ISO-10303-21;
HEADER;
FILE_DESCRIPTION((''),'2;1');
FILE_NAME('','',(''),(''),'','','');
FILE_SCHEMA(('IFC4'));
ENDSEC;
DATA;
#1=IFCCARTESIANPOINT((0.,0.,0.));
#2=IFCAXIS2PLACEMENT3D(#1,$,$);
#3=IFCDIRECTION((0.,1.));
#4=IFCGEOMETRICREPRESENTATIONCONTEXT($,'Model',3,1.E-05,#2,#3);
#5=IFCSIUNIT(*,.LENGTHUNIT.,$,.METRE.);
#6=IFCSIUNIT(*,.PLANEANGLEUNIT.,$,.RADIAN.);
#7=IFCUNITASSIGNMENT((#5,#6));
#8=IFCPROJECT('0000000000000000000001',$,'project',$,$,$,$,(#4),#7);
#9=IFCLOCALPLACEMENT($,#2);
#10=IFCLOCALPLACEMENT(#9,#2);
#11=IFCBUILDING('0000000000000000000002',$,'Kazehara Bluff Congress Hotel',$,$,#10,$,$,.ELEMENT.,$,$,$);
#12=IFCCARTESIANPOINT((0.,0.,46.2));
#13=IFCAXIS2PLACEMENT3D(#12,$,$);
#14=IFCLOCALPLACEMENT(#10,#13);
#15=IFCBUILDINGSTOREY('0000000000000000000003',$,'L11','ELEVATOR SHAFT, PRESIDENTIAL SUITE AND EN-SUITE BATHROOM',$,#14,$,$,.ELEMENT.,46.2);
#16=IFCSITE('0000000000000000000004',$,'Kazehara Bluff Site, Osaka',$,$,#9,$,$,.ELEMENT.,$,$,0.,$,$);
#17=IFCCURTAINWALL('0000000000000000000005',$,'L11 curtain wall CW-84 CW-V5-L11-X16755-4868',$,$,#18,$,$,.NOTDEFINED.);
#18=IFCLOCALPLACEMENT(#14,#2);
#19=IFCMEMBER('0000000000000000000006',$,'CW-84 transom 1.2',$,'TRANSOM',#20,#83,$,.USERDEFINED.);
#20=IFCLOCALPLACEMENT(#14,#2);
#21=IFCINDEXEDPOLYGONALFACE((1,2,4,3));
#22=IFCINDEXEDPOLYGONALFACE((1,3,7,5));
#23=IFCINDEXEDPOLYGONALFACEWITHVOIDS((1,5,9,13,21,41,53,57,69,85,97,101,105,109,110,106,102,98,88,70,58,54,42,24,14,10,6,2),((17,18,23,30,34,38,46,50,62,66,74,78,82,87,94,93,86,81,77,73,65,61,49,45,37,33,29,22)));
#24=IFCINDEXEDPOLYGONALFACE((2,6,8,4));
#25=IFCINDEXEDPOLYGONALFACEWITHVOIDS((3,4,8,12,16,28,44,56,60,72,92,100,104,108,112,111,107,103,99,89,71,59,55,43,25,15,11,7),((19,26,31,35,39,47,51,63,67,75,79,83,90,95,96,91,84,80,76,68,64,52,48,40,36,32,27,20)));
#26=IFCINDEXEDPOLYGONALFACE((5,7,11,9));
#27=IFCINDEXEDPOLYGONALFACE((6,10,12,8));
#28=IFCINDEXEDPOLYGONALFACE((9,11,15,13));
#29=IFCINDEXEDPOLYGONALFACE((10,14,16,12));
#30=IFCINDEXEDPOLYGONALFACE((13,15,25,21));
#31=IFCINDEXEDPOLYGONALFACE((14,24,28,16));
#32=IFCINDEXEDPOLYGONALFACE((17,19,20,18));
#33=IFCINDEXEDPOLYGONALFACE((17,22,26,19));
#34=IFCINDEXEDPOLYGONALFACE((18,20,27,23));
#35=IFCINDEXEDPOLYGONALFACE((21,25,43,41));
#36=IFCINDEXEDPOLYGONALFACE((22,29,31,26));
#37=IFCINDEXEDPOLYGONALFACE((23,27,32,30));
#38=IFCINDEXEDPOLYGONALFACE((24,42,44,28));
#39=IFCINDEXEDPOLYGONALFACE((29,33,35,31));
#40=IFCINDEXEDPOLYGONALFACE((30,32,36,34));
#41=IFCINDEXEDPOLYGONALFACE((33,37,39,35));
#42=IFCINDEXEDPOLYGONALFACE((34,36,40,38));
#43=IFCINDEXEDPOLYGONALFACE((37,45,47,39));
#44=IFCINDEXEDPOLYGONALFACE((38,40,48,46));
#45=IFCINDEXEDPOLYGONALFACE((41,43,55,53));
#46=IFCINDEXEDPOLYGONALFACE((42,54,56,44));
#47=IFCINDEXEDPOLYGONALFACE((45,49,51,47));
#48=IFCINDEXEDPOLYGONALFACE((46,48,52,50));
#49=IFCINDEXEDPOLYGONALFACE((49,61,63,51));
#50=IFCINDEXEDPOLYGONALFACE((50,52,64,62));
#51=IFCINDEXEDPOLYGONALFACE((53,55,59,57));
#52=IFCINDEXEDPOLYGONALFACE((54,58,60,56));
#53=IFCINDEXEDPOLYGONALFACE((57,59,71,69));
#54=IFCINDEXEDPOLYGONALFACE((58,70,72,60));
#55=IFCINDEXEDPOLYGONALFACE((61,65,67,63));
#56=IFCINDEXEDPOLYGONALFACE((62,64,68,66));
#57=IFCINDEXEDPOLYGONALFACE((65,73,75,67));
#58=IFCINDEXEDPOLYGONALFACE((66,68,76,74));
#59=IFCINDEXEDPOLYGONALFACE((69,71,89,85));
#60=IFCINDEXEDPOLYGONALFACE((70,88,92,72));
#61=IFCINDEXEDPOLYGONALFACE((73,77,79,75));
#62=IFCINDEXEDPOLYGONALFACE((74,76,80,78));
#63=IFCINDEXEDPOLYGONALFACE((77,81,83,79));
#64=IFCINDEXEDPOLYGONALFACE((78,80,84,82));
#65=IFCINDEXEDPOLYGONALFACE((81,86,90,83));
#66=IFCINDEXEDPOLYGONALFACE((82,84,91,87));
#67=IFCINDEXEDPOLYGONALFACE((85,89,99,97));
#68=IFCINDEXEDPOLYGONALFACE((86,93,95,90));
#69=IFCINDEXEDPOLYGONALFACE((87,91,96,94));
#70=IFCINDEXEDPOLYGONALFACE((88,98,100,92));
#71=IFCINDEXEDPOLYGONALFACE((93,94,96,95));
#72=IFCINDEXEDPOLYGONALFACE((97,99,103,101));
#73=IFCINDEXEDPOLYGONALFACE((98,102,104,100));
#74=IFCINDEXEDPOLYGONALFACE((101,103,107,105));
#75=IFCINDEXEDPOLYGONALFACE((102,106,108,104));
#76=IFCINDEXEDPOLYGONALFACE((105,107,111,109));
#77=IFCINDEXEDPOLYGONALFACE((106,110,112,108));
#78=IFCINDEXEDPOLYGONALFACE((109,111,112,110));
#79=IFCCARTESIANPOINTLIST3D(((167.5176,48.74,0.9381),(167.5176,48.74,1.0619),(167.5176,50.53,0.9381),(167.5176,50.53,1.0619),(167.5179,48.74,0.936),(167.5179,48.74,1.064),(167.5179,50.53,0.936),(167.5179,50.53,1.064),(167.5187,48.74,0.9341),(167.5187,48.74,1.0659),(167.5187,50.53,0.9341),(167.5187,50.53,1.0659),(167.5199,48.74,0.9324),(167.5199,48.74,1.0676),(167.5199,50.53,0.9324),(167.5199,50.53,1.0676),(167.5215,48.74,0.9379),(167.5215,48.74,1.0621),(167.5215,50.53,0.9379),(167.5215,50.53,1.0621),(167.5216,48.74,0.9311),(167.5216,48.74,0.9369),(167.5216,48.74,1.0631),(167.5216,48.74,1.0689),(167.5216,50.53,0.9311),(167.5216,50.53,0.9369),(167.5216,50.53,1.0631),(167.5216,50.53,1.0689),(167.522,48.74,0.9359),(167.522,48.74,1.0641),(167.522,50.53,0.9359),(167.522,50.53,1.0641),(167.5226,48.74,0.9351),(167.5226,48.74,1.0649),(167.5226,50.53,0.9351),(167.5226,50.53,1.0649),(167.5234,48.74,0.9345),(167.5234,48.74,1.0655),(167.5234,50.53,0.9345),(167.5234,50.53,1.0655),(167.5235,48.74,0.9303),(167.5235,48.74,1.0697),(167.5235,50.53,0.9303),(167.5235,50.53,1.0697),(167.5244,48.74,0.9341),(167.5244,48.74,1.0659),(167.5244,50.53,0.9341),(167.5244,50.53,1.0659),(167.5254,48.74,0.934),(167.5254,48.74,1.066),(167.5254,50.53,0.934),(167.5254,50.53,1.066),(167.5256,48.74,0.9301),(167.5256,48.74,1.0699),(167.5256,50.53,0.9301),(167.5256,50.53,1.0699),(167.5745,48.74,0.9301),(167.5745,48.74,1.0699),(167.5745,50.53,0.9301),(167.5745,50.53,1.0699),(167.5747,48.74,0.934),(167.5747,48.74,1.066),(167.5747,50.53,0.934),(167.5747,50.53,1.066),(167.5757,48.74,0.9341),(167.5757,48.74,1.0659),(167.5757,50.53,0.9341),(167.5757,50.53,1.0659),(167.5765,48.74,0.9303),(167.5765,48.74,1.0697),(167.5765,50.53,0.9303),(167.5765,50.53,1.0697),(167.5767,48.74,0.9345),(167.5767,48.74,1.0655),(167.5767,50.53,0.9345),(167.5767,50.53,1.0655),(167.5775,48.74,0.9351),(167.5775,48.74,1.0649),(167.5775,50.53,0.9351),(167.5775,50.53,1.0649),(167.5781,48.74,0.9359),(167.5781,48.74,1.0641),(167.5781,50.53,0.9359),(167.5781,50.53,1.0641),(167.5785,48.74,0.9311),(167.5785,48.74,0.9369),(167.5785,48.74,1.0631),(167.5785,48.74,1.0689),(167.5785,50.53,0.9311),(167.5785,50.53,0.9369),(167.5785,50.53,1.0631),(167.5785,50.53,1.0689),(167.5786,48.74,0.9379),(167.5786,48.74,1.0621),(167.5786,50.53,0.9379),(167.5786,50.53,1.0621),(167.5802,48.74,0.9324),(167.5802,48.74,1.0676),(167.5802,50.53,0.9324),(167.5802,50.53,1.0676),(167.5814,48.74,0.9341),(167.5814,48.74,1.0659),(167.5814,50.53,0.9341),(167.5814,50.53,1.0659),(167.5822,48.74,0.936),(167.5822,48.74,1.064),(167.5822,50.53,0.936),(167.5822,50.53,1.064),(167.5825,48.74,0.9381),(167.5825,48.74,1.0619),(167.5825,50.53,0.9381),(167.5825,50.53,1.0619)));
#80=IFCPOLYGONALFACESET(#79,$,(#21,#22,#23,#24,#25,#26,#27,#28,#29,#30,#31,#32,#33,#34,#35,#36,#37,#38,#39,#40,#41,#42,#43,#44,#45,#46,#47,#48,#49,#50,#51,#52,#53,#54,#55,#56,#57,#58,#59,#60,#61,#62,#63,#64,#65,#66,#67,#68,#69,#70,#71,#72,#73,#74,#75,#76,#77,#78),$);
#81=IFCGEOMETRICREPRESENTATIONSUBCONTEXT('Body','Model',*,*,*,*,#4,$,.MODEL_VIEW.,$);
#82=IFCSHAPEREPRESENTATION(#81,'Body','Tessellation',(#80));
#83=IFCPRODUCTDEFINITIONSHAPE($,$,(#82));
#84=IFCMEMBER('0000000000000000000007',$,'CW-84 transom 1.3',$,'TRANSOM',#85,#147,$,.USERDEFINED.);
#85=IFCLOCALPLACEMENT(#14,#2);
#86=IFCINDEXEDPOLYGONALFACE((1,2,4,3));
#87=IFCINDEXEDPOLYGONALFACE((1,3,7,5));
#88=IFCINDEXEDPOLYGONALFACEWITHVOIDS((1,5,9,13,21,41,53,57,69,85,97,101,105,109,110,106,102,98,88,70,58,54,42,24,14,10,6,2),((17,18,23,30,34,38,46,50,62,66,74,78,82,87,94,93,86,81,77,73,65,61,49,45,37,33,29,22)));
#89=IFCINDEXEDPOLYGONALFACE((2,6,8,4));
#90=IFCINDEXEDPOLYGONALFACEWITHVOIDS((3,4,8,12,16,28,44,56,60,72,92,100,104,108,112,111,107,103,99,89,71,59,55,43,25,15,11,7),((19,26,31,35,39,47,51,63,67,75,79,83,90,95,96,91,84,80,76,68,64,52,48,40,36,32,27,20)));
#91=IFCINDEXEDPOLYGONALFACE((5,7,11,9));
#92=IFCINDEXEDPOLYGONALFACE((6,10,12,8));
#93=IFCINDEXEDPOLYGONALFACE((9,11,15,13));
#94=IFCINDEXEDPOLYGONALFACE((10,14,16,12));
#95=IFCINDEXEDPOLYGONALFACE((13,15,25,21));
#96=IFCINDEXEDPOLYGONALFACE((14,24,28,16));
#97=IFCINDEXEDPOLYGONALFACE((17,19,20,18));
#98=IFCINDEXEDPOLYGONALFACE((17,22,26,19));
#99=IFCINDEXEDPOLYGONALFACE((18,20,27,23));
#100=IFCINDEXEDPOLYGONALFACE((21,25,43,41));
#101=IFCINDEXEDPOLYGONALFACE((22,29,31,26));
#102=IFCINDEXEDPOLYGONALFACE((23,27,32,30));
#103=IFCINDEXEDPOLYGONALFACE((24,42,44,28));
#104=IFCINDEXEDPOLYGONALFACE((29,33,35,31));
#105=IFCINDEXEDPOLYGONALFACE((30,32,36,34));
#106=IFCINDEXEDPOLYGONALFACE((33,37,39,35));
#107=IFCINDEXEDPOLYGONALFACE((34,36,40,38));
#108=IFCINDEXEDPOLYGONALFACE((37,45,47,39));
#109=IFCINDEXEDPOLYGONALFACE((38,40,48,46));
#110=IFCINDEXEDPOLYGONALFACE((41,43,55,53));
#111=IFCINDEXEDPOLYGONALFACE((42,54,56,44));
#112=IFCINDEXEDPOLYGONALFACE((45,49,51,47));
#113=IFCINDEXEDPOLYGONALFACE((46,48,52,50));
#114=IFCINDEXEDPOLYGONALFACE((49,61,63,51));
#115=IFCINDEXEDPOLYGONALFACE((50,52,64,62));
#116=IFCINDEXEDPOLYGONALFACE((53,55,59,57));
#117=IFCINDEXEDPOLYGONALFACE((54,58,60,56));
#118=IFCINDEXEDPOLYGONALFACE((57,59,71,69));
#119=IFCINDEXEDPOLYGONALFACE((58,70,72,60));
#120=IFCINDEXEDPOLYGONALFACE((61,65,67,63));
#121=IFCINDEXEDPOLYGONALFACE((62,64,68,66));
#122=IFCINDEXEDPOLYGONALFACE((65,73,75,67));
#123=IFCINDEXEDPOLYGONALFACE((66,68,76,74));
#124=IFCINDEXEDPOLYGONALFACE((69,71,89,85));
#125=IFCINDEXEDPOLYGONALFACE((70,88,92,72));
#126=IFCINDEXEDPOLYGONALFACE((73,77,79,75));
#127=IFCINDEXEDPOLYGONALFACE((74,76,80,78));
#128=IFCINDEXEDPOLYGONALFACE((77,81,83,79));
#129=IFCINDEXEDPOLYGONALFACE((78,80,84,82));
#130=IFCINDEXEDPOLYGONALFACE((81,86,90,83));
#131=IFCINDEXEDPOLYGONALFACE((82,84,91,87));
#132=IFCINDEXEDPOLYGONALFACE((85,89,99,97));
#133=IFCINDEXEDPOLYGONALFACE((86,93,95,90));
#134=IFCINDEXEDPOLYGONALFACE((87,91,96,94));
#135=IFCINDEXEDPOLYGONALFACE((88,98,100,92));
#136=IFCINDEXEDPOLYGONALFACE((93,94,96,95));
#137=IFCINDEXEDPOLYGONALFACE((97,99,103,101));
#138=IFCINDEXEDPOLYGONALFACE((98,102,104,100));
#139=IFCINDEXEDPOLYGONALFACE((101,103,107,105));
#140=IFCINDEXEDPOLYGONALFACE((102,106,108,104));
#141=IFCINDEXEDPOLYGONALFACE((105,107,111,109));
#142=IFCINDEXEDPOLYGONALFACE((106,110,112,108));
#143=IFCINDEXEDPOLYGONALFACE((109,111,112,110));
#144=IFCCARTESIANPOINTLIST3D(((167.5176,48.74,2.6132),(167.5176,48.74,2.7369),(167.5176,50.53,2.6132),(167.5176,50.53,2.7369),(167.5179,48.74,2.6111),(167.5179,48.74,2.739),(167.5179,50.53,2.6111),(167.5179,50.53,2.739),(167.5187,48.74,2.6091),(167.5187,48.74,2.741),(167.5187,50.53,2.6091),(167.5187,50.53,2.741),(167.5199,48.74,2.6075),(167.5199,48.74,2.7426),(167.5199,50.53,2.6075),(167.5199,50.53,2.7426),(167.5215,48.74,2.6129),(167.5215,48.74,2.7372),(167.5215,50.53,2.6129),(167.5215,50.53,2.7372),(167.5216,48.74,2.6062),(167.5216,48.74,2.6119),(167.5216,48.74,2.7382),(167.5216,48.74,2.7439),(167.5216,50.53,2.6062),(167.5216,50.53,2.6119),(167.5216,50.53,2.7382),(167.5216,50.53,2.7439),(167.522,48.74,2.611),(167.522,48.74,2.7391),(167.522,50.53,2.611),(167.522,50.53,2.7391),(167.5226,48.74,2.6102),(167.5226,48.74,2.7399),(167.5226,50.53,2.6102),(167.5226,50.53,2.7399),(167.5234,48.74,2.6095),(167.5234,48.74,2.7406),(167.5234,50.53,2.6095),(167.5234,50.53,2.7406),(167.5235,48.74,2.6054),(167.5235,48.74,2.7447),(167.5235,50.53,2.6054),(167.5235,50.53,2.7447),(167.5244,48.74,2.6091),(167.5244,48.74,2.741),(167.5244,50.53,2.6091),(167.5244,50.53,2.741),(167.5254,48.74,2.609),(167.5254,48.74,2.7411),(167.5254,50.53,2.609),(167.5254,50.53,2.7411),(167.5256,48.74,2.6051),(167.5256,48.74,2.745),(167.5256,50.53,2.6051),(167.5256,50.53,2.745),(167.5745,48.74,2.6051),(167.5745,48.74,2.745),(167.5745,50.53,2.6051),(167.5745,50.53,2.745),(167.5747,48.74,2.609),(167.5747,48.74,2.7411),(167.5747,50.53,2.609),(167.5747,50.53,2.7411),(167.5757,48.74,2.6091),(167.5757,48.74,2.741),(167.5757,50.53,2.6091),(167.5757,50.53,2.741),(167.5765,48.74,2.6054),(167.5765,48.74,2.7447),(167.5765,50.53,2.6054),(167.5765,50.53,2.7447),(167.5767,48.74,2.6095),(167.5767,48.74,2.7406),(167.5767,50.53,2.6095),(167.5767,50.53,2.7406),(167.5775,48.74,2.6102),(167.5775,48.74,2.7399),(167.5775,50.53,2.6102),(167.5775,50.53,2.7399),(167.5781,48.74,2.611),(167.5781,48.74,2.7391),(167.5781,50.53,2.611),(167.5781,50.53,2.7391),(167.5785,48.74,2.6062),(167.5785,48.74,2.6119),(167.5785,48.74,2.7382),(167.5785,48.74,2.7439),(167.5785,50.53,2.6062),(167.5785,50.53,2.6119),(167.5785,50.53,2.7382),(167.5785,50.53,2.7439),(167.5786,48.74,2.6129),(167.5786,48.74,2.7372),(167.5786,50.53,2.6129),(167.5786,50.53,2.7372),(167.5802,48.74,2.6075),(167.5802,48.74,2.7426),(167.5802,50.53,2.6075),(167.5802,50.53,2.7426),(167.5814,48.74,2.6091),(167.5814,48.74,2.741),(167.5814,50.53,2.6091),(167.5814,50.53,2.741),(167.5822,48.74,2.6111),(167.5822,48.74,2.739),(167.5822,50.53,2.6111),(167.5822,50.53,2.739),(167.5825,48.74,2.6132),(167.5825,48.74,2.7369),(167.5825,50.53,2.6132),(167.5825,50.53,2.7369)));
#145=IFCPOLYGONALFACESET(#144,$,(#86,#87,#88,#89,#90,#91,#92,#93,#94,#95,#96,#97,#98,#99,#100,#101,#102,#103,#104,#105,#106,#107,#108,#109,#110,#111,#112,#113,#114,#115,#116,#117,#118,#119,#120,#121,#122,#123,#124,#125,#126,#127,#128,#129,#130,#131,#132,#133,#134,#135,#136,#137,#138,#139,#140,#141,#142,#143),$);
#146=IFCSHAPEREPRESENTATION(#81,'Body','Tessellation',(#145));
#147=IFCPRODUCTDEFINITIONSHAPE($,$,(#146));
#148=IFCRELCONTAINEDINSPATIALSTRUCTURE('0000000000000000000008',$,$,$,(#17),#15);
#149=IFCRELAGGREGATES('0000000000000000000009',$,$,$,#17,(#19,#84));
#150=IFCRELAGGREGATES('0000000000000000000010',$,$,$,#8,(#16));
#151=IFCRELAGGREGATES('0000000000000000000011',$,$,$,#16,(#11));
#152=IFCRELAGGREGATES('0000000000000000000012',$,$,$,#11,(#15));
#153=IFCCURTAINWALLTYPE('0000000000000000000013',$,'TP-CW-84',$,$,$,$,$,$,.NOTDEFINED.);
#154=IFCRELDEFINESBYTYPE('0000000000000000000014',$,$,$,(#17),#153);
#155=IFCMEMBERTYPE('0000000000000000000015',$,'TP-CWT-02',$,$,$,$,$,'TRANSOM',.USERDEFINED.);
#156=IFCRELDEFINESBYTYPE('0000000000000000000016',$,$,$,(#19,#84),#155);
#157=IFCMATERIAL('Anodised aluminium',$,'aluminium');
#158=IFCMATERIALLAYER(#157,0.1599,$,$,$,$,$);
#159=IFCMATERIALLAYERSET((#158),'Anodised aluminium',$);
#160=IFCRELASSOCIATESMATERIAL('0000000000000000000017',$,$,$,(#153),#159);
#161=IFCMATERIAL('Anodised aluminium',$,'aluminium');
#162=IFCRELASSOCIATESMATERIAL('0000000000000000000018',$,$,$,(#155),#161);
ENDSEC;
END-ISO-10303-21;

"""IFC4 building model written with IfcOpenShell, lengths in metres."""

from ifc_helpers import new_model, si_unit, direction, frame, origin, origin_2d, place, context, subcontext, project, spatial, hollow_rectangle, extrude, material, layer, layer_set, material_profile, profile_set, type_object, element, aggregate, save


model = new_model("IFC4")

# Units and contexts
model_context = context("Model", 3, precision=1e-05, world=origin(), true_north=direction((0.0, 1.0)))
body_context = subcontext(model_context, "Body", "Model", "MODEL_VIEW")
ifc_project = project(units=[si_unit("LENGTHUNIT", "METRE"), si_unit("PLANEANGLEUNIT", "RADIAN")], contexts=[model_context])

# Site, building, storey
site_placement = place(None, origin())
site = spatial("IfcSite", under=ifc_project, at=site_placement, Name="Kazehara Bluff Site, Osaka", CompositionType="ELEMENT", RefElevation=0.0)
building_placement = place(site_placement, origin())
building = spatial("IfcBuilding", under=site, at=building_placement, Name="Kazehara Bluff Congress Hotel", CompositionType="ELEMENT")
storey_placement = place(building_placement, frame((0.0, 0.0, 46.2)))
storey = spatial("IfcBuildingStorey", under=building, at=storey_placement, Name="L11", Description="ELEVATOR SHAFT, PRESIDENTIAL SUITE AND EN-SUITE BATHROOM", CompositionType="ELEMENT", Elevation=46.2)

# Curtain wall, members
ifc_material_1 = material(Name="Anodised aluminium", Category="aluminium")
ifc_layer_1 = layer(ifc_material_1, 0.1599)
ifc_layer_set_1 = layer_set([ifc_layer_1], Name="Anodised aluminium")
curtain_wall_type = type_object("IfcCurtainWallType", Name="TP-CW-84", PredefinedType="NOTDEFINED", material=ifc_layer_set_1)
curtain_wall_placement = place(storey_placement, origin())
curtain_wall = element("IfcCurtainWall", 1, at=curtain_wall_placement, inside=storey, type_object=curtain_wall_type, Name="L11 curtain wall CW-84 CW-V5-L11-X16755-4868", PredefinedType="NOTDEFINED")
ifc_material_2 = material(Name="Anodised aluminium", Category="aluminium")
ifc_material_profile_1 = material_profile(ifc_material_2, hollow_rectangle(XDim=0.0649, YDim=0.1399, WallThickness=0.0039, InnerFilletRadius=0.0039, OuterFilletRadius=0.0081, at=origin_2d()))
ifc_profile_set_1 = profile_set([ifc_material_profile_1], Name="Anodised aluminium")
member_type_1 = type_object("IfcMemberType", Name="TP-CWT-02", ElementType="TRANSOM", PredefinedType="USERDEFINED", material=ifc_profile_set_1)
member_1_placement = place(storey_placement, frame((167.55, 48.74, 1.0), z_axis=(0.0, 1.0, 0.0), x_axis=(-1.0, 0.0, 0.0)))
member_1 = element("IfcMember", 2, at=member_1_placement, type_object=member_type_1, Name="CW-84 transom 1.2", ObjectType="TRANSOM", PredefinedType="USERDEFINED", context=body_context, shape_type="SweptSolid", body=[
    extrude(hollow_rectangle(XDim=0.0649, YDim=0.1399, WallThickness=0.0039, InnerFilletRadius=0.0039, OuterFilletRadius=0.0081, at=origin_2d()), origin(), (0.0, 0.0, 1.0), 1.79),
])
member_2_placement = place(storey_placement, frame((167.55, 48.74, 2.675), z_axis=(0.0, 1.0, 0.0), x_axis=(-1.0, 0.0, 0.0)))
member_2 = element("IfcMember", 3, at=member_2_placement, type_object=member_type_1, Name="CW-84 transom 1.3", ObjectType="TRANSOM", PredefinedType="USERDEFINED", context=body_context, shape_type="SweptSolid", body=[
    extrude(hollow_rectangle(XDim=0.0649, YDim=0.1399, WallThickness=0.0039, InnerFilletRadius=0.0039, OuterFilletRadius=0.0081, at=origin_2d()), origin(), (0.0, 0.0, 1.0), 1.79),
])

aggregate(curtain_wall, [member_1, member_2])

save(model, "model.ifc")
